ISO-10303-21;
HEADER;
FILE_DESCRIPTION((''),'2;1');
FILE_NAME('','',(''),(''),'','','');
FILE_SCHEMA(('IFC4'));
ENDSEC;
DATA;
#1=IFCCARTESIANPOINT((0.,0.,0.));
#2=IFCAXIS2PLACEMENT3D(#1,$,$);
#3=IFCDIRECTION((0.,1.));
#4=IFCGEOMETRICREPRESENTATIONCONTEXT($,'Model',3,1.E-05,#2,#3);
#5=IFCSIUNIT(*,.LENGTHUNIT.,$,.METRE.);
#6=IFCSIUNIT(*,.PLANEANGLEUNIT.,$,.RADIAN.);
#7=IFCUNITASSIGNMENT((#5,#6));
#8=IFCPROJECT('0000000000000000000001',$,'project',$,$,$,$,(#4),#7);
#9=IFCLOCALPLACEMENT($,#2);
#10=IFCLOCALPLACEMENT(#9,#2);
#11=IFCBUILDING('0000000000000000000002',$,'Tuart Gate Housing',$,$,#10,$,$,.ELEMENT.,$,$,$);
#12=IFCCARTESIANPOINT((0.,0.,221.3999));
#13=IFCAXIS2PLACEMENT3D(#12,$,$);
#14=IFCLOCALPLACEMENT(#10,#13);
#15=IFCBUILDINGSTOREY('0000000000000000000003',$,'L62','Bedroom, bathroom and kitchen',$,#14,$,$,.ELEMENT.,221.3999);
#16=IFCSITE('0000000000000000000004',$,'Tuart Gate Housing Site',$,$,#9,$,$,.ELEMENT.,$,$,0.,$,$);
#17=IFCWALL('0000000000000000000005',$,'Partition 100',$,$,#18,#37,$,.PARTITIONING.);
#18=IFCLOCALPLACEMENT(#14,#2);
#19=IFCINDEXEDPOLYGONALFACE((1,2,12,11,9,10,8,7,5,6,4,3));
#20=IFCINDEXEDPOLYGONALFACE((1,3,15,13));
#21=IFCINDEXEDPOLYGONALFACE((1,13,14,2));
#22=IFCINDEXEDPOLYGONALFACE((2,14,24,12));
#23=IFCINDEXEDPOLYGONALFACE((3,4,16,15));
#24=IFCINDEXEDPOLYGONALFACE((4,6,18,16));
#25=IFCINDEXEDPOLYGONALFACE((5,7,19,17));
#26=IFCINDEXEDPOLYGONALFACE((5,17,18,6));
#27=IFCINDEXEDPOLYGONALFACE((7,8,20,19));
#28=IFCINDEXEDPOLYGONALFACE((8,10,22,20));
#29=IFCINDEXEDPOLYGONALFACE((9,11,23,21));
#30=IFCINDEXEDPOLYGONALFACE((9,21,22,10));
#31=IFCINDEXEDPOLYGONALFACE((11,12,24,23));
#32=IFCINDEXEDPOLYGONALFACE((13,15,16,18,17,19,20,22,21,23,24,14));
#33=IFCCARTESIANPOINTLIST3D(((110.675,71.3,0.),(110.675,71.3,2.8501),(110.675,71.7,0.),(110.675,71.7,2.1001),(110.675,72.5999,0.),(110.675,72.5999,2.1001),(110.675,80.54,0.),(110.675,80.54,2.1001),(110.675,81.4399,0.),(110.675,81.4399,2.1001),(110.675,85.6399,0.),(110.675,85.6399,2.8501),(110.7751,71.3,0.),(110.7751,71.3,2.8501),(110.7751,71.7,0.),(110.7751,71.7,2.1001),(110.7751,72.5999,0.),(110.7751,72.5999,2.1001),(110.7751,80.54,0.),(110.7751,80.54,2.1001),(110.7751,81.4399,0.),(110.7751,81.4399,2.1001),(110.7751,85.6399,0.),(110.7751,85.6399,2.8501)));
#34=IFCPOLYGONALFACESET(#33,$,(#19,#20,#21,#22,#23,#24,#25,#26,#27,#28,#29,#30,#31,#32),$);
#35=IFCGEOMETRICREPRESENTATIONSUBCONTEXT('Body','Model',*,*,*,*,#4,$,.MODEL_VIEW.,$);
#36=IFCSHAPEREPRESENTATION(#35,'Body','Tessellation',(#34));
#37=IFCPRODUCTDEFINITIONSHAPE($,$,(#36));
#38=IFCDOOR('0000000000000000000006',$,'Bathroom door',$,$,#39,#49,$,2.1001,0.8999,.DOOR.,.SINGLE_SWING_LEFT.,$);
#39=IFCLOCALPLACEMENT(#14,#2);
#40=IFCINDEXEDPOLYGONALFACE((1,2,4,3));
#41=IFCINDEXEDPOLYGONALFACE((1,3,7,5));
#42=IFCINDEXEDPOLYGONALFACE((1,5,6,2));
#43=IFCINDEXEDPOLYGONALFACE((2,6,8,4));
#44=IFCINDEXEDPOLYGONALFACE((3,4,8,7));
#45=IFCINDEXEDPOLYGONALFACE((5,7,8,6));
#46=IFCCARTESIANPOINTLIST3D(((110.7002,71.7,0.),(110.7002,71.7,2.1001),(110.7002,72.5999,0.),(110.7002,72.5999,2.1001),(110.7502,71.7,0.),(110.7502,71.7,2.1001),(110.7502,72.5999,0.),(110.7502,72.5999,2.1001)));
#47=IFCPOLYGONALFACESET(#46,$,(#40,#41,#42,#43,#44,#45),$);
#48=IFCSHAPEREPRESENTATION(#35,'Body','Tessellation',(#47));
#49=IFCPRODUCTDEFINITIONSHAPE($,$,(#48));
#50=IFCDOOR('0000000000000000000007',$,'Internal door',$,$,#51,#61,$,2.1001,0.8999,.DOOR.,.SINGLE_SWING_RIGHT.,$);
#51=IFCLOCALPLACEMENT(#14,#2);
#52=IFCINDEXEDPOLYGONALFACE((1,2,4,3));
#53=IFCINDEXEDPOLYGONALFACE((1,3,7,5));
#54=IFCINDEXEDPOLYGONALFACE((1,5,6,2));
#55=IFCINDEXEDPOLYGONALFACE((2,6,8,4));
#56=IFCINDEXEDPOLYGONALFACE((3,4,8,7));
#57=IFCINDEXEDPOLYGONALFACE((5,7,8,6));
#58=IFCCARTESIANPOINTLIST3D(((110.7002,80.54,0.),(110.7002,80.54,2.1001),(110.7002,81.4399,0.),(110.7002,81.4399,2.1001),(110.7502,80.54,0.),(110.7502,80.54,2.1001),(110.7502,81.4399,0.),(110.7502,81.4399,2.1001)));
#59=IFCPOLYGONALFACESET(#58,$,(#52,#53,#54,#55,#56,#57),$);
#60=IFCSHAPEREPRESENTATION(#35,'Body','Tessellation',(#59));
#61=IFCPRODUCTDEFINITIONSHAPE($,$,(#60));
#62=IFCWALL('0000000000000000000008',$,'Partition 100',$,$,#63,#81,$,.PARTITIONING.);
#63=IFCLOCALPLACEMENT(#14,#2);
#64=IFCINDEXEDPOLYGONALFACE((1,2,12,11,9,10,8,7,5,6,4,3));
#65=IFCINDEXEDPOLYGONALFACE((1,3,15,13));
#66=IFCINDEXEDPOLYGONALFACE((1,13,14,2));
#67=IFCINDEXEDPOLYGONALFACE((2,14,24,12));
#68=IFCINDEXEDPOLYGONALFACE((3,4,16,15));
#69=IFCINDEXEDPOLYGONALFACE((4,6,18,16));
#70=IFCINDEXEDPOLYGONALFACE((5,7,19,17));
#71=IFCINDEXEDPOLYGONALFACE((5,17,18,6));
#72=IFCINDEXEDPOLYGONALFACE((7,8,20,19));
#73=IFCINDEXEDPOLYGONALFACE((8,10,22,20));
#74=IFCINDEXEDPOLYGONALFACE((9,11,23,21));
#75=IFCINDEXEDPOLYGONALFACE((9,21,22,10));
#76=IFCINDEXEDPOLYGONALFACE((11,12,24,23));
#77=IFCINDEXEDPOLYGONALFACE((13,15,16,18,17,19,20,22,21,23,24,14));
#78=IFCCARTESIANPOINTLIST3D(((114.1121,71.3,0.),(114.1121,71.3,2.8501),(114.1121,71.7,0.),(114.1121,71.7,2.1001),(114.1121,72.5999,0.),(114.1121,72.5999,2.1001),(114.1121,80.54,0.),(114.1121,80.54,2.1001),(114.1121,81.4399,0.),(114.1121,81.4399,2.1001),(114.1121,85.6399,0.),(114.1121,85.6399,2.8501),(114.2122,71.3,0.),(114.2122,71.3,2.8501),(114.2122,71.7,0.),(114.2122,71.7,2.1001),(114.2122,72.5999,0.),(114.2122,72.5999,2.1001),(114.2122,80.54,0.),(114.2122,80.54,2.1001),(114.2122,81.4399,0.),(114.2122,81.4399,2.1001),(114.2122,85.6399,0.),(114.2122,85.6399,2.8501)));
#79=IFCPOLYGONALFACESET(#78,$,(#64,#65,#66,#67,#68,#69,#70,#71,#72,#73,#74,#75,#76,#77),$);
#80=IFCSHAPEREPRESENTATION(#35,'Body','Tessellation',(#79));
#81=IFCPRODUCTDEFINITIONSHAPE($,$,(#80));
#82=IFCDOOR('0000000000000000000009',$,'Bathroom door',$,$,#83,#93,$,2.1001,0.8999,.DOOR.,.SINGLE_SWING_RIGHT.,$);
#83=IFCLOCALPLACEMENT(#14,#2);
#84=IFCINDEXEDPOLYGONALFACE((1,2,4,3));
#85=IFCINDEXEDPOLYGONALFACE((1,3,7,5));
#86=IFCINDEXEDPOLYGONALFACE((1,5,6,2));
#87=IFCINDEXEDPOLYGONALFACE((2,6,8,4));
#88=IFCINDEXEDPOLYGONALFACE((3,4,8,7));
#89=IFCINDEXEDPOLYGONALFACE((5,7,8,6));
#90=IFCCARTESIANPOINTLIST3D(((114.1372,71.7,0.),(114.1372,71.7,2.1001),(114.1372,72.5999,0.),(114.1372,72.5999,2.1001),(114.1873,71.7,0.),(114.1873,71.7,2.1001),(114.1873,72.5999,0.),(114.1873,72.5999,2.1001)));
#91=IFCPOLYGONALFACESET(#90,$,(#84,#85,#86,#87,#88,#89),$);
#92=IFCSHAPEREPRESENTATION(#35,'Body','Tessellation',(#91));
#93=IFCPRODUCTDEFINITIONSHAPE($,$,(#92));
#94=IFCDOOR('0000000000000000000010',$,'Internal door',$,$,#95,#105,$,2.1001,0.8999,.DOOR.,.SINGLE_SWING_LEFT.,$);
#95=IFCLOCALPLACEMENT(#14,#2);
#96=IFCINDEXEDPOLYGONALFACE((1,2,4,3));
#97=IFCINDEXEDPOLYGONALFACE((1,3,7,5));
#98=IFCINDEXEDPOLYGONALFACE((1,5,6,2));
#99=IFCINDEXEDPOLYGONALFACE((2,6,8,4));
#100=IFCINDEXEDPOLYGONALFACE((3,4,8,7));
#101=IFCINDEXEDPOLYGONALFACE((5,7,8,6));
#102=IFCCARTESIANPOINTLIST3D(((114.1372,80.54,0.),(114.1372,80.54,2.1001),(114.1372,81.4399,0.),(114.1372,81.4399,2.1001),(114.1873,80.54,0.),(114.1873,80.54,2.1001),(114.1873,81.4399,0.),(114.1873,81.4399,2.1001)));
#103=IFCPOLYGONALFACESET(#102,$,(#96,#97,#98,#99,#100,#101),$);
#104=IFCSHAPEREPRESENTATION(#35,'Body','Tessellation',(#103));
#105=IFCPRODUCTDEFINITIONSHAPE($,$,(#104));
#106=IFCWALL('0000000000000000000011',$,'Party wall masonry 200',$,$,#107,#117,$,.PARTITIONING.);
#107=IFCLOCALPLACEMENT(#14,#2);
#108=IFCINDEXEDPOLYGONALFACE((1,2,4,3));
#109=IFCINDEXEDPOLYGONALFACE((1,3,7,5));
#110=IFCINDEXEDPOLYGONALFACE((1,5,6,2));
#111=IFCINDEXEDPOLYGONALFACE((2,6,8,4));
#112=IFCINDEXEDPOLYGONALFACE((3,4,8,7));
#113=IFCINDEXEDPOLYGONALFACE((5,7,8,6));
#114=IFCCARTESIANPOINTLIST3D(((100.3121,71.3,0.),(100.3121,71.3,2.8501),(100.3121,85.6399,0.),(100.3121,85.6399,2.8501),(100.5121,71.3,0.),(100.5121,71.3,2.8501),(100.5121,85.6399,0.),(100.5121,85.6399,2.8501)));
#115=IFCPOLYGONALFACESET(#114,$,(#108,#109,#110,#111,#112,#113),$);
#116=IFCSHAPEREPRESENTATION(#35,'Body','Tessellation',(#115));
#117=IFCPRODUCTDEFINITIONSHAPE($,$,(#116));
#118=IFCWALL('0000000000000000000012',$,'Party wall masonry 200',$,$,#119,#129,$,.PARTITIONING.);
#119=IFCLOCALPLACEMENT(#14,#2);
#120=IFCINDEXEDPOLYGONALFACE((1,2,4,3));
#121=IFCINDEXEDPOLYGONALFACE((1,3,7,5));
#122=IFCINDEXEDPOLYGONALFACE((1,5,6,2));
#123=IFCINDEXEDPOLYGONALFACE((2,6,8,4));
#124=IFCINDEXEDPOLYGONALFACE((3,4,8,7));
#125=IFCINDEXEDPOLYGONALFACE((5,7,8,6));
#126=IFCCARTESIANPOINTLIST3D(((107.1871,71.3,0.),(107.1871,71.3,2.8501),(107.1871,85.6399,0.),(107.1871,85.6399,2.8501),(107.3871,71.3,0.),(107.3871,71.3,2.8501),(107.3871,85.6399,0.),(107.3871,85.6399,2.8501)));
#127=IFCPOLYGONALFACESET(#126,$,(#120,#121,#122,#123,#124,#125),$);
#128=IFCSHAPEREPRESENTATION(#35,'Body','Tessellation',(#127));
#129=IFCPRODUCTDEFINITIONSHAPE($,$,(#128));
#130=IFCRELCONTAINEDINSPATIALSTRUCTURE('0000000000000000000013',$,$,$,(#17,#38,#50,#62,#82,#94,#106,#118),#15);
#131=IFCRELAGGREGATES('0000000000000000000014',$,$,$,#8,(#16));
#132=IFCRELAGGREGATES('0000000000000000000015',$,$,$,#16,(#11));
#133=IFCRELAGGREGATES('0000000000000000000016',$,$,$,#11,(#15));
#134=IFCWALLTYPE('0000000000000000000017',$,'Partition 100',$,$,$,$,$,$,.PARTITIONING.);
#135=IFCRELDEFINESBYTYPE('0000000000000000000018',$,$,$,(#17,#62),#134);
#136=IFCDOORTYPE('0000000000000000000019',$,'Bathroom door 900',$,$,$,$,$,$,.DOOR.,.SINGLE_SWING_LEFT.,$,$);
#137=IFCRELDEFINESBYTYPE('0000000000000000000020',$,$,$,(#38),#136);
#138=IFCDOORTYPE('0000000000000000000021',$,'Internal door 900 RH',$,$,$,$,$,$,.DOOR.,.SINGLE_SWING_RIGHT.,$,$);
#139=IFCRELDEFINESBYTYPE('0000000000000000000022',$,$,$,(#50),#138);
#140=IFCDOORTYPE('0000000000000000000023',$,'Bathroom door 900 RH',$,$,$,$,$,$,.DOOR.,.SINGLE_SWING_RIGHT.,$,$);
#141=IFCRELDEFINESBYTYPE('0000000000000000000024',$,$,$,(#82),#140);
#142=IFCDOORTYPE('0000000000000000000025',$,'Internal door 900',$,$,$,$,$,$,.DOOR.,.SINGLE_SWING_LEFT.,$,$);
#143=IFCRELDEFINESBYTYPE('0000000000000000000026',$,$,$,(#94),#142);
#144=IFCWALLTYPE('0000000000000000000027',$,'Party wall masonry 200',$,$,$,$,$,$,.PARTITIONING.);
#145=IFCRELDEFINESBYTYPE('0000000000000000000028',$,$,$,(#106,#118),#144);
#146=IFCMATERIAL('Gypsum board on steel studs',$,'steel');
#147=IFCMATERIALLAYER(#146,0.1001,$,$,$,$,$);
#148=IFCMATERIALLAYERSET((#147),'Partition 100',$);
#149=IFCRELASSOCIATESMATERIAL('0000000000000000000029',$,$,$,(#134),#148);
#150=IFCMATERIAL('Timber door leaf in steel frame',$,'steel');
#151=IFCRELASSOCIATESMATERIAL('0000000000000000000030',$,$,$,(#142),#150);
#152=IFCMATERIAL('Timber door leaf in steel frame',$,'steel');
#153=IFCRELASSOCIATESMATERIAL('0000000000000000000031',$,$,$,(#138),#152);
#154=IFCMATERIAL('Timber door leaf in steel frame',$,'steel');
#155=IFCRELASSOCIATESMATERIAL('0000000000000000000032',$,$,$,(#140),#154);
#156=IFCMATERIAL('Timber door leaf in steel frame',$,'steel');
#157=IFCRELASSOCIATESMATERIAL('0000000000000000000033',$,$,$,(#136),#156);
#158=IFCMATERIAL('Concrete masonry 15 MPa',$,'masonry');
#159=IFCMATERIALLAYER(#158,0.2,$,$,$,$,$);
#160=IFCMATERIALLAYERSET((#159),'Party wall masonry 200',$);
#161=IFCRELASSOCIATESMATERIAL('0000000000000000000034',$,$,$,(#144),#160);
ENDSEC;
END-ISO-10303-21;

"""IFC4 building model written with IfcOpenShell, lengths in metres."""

from ifc_helpers import new_model, si_unit, direction, frame, frame_2d, origin, place, context, subcontext, project, spatial, rectangle, extrude, material, layer, layer_set, type_object, element, fill, save


model = new_model("IFC4")

# Units and contexts
model_context = context("Model", 3, precision=1e-05, world=origin(), true_north=direction((0.0, 1.0)))
body_context = subcontext(model_context, "Body", "Model", "MODEL_VIEW")
ifc_project = project(units=[si_unit("LENGTHUNIT", "METRE"), si_unit("PLANEANGLEUNIT", "RADIAN")], contexts=[model_context])

# Site, building, storey
site_placement = place(None, origin())
site = spatial("IfcSite", under=ifc_project, at=site_placement, Name="Tuart Gate Housing Site", CompositionType="ELEMENT", RefElevation=0.0)
building_placement = place(site_placement, origin())
building = spatial("IfcBuilding", under=site, at=building_placement, Name="Tuart Gate Housing", CompositionType="ELEMENT")
storey_placement = place(building_placement, frame((0.0, 0.0, 221.3999)))
storey = spatial("IfcBuildingStorey", under=building, at=storey_placement, Name="L62", Description="Bedroom, bathroom and kitchen", CompositionType="ELEMENT", Elevation=221.3999)

# Shared definitions
ifc_material_1 = material(Name="Gypsum board on steel studs", Category="steel")
ifc_layer_1 = layer(ifc_material_1, 0.1001)
ifc_layer_set_1 = layer_set([ifc_layer_1], Name="Partition 100")
wall_type_1 = type_object("IfcWallType", Name="Partition 100", PredefinedType="PARTITIONING", material=ifc_layer_set_1)

# Shared definitions
ifc_material_2 = material(Name="Timber door leaf in steel frame", Category="steel")
door_type_1 = type_object("IfcDoorType", Name="Internal door 900", OperationType="SINGLE_SWING_LEFT", PredefinedType="DOOR", material=ifc_material_2)
ifc_material_3 = material(Name="Timber door leaf in steel frame", Category="steel")
door_type_2 = type_object("IfcDoorType", Name="Internal door 900 RH", OperationType="SINGLE_SWING_RIGHT", PredefinedType="DOOR", material=ifc_material_3)

# Walls, openings, doors
ifc_material_4 = material(Name="Timber door leaf in steel frame", Category="steel")
door_type_3 = type_object("IfcDoorType", Name="Bathroom door 900 RH", OperationType="SINGLE_SWING_RIGHT", PredefinedType="DOOR", material=ifc_material_4)
wall_1_placement = place(storey_placement, frame((110.7251, 71.3, 0.0), z_axis=(0.0, 0.0, 1.0), x_axis=(0.0, 1.0, 0.0)))
wall_1 = element("IfcWall", 1, at=wall_1_placement, inside=storey, type_object=wall_type_1, Name="Partition 100", PredefinedType="PARTITIONING", context=body_context, shape_type="SweptSolid", body=[
    extrude(rectangle(XDim=14.3398, YDim=0.1001, at=frame_2d((7.1699, 0.0))), origin(), (0.0, 0.0, 1.0), 2.8501),
])
opening_1_placement = place(wall_1_placement, frame((9.24, 0.0, 0.0)))
opening_1 = element("IfcOpeningElement", 2, at=opening_1_placement, cuts=wall_1, PredefinedType="OPENING", context=body_context, shape_type="SweptSolid", body=[
    extrude(rectangle(XDim=0.8999, YDim=2.1001, at=frame_2d((0.45, 1.05))), frame((0.0, 0.0601, 0.0), z_axis=(0.0, -1.0, 0.0), x_axis=(1.0, 0.0, 0.0)), (0.0, 0.0, 1.0), 0.1201),
])
opening_2_placement = place(wall_1_placement, frame((0.3999, 0.0, 0.0)))
opening_2 = element("IfcOpeningElement", 3, at=opening_2_placement, cuts=wall_1, PredefinedType="OPENING", context=body_context, shape_type="SweptSolid", body=[
    extrude(rectangle(XDim=0.8999, YDim=2.1001, at=frame_2d((0.45, 1.05))), frame((0.0, 0.0601, 0.0), z_axis=(0.0, -1.0, 0.0), x_axis=(1.0, 0.0, 0.0)), (0.0, 0.0, 1.0), 0.1201),
])
ifc_material_5 = material(Name="Timber door leaf in steel frame", Category="steel")
door_type_4 = type_object("IfcDoorType", Name="Bathroom door 900", OperationType="SINGLE_SWING_LEFT", PredefinedType="DOOR", material=ifc_material_5)
door_1_placement = place(opening_2_placement, origin())
door_1 = element("IfcDoor", 4, at=door_1_placement, inside=storey, type_object=door_type_4, Name="Bathroom door", OperationType="SINGLE_SWING_LEFT", OverallHeight=2.1001, OverallWidth=0.8999, PredefinedType="DOOR", context=body_context, shape_type="SweptSolid", body=[
    extrude(rectangle(XDim=0.8999, YDim=2.1001, at=frame_2d((0.45, 1.05))), frame((0.0, 0.0249, 0.0), z_axis=(0.0, -1.0, 0.0), x_axis=(1.0, 0.0, 0.0)), (0.0, 0.0, 1.0), 0.05),
])
fill(opening_2, door_1)
door_2_placement = place(opening_1_placement, origin())
door_2 = element("IfcDoor", 5, at=door_2_placement, inside=storey, type_object=door_type_2, Name="Internal door", OperationType="SINGLE_SWING_RIGHT", OverallHeight=2.1001, OverallWidth=0.8999, PredefinedType="DOOR", context=body_context, shape_type="SweptSolid", body=[
    extrude(rectangle(XDim=0.8999, YDim=2.1001, at=frame_2d((0.45, 1.05))), frame((0.0, 0.0249, 0.0), z_axis=(0.0, -1.0, 0.0), x_axis=(1.0, 0.0, 0.0)), (0.0, 0.0, 1.0), 0.05),
])
fill(opening_1, door_2)
wall_2_placement = place(storey_placement, frame((114.1621, 71.3, 0.0), z_axis=(0.0, 0.0, 1.0), x_axis=(0.0, 1.0, 0.0)))
wall_2 = element("IfcWall", 6, at=wall_2_placement, inside=storey, type_object=wall_type_1, Name="Partition 100", PredefinedType="PARTITIONING", context=body_context, shape_type="SweptSolid", body=[
    extrude(rectangle(XDim=14.3398, YDim=0.1001, at=frame_2d((7.1699, 0.0))), origin(), (0.0, 0.0, 1.0), 2.8501),
])
opening_3_placement = place(wall_2_placement, frame((9.24, 0.0, 0.0)))
opening_3 = element("IfcOpeningElement", 7, at=opening_3_placement, cuts=wall_2, PredefinedType="OPENING", context=body_context, shape_type="SweptSolid", body=[
    extrude(rectangle(XDim=0.8999, YDim=2.1001, at=frame_2d((0.45, 1.05))), frame((0.0, 0.0601, 0.0), z_axis=(0.0, -1.0, 0.0), x_axis=(1.0, 0.0, 0.0)), (0.0, 0.0, 1.0), 0.1201),
])
opening_4_placement = place(wall_2_placement, frame((0.3999, 0.0, 0.0)))
opening_4 = element("IfcOpeningElement", 8, at=opening_4_placement, cuts=wall_2, PredefinedType="OPENING", context=body_context, shape_type="SweptSolid", body=[
    extrude(rectangle(XDim=0.8999, YDim=2.1001, at=frame_2d((0.45, 1.05))), frame((0.0, 0.0601, 0.0), z_axis=(0.0, -1.0, 0.0), x_axis=(1.0, 0.0, 0.0)), (0.0, 0.0, 1.0), 0.1201),
])
door_3_placement = place(opening_4_placement, frame((0.8999, 0.0, 0.0), z_axis=(0.0, 0.0, 1.0), x_axis=(-1.0, 0.0, 0.0)))
door_3 = element("IfcDoor", 9, at=door_3_placement, inside=storey, type_object=door_type_3, Name="Bathroom door", OperationType="SINGLE_SWING_RIGHT", OverallHeight=2.1001, OverallWidth=0.8999, PredefinedType="DOOR", context=body_context, shape_type="SweptSolid", body=[
    extrude(rectangle(XDim=0.8999, YDim=2.1001, at=frame_2d((0.45, 1.05))), frame((0.0, 0.0251, 0.0), z_axis=(0.0, -1.0, 0.0), x_axis=(1.0, 0.0, 0.0)), (0.0, 0.0, 1.0), 0.05),
])
fill(opening_4, door_3)
door_4_placement = place(opening_3_placement, frame((0.8999, 0.0, 0.0), z_axis=(0.0, 0.0, 1.0), x_axis=(-1.0, 0.0, 0.0)))
door_4 = element("IfcDoor", 10, at=door_4_placement, inside=storey, type_object=door_type_1, Name="Internal door", OperationType="SINGLE_SWING_LEFT", OverallHeight=2.1001, OverallWidth=0.8999, PredefinedType="DOOR", context=body_context, shape_type="SweptSolid", body=[
    extrude(rectangle(XDim=0.8999, YDim=2.1001, at=frame_2d((0.45, 1.05))), frame((0.0, 0.0251, 0.0), z_axis=(0.0, -1.0, 0.0), x_axis=(1.0, 0.0, 0.0)), (0.0, 0.0, 1.0), 0.05),
])
fill(opening_3, door_4)

# Walls
ifc_material_6 = material(Name="Concrete masonry 15 MPa", Category="masonry")
ifc_layer_2 = layer(ifc_material_6, 0.2)
ifc_layer_set_2 = layer_set([ifc_layer_2], Name="Party wall masonry 200")
wall_type_2 = type_object("IfcWallType", Name="Party wall masonry 200", PredefinedType="PARTITIONING", material=ifc_layer_set_2)
for number, where, z_axis, x_axis, name in (
    (11, (100.4121, 71.3, 0.0), (0.0, 0.0, 1.0), (0.0, 1.0, 0.0), "Party wall masonry 200"),
    (12, (107.2871, 71.3, 0.0), (0.0, 0.0, 1.0), (0.0, 1.0, 0.0), "Party wall masonry 200"),
):
    element("IfcWall", number, at=place(storey_placement, frame(where, z_axis=z_axis, x_axis=x_axis)), inside=storey, type_object=wall_type_2, Name=name, PredefinedType="PARTITIONING", context=body_context, shape_type="SweptSolid", body=[
        extrude(rectangle(XDim=14.3398, YDim=0.2, at=frame_2d((7.1699, 0.0))), origin(), (0.0, 0.0, 1.0), 2.8501),
    ])

save(model, "model.ifc")
